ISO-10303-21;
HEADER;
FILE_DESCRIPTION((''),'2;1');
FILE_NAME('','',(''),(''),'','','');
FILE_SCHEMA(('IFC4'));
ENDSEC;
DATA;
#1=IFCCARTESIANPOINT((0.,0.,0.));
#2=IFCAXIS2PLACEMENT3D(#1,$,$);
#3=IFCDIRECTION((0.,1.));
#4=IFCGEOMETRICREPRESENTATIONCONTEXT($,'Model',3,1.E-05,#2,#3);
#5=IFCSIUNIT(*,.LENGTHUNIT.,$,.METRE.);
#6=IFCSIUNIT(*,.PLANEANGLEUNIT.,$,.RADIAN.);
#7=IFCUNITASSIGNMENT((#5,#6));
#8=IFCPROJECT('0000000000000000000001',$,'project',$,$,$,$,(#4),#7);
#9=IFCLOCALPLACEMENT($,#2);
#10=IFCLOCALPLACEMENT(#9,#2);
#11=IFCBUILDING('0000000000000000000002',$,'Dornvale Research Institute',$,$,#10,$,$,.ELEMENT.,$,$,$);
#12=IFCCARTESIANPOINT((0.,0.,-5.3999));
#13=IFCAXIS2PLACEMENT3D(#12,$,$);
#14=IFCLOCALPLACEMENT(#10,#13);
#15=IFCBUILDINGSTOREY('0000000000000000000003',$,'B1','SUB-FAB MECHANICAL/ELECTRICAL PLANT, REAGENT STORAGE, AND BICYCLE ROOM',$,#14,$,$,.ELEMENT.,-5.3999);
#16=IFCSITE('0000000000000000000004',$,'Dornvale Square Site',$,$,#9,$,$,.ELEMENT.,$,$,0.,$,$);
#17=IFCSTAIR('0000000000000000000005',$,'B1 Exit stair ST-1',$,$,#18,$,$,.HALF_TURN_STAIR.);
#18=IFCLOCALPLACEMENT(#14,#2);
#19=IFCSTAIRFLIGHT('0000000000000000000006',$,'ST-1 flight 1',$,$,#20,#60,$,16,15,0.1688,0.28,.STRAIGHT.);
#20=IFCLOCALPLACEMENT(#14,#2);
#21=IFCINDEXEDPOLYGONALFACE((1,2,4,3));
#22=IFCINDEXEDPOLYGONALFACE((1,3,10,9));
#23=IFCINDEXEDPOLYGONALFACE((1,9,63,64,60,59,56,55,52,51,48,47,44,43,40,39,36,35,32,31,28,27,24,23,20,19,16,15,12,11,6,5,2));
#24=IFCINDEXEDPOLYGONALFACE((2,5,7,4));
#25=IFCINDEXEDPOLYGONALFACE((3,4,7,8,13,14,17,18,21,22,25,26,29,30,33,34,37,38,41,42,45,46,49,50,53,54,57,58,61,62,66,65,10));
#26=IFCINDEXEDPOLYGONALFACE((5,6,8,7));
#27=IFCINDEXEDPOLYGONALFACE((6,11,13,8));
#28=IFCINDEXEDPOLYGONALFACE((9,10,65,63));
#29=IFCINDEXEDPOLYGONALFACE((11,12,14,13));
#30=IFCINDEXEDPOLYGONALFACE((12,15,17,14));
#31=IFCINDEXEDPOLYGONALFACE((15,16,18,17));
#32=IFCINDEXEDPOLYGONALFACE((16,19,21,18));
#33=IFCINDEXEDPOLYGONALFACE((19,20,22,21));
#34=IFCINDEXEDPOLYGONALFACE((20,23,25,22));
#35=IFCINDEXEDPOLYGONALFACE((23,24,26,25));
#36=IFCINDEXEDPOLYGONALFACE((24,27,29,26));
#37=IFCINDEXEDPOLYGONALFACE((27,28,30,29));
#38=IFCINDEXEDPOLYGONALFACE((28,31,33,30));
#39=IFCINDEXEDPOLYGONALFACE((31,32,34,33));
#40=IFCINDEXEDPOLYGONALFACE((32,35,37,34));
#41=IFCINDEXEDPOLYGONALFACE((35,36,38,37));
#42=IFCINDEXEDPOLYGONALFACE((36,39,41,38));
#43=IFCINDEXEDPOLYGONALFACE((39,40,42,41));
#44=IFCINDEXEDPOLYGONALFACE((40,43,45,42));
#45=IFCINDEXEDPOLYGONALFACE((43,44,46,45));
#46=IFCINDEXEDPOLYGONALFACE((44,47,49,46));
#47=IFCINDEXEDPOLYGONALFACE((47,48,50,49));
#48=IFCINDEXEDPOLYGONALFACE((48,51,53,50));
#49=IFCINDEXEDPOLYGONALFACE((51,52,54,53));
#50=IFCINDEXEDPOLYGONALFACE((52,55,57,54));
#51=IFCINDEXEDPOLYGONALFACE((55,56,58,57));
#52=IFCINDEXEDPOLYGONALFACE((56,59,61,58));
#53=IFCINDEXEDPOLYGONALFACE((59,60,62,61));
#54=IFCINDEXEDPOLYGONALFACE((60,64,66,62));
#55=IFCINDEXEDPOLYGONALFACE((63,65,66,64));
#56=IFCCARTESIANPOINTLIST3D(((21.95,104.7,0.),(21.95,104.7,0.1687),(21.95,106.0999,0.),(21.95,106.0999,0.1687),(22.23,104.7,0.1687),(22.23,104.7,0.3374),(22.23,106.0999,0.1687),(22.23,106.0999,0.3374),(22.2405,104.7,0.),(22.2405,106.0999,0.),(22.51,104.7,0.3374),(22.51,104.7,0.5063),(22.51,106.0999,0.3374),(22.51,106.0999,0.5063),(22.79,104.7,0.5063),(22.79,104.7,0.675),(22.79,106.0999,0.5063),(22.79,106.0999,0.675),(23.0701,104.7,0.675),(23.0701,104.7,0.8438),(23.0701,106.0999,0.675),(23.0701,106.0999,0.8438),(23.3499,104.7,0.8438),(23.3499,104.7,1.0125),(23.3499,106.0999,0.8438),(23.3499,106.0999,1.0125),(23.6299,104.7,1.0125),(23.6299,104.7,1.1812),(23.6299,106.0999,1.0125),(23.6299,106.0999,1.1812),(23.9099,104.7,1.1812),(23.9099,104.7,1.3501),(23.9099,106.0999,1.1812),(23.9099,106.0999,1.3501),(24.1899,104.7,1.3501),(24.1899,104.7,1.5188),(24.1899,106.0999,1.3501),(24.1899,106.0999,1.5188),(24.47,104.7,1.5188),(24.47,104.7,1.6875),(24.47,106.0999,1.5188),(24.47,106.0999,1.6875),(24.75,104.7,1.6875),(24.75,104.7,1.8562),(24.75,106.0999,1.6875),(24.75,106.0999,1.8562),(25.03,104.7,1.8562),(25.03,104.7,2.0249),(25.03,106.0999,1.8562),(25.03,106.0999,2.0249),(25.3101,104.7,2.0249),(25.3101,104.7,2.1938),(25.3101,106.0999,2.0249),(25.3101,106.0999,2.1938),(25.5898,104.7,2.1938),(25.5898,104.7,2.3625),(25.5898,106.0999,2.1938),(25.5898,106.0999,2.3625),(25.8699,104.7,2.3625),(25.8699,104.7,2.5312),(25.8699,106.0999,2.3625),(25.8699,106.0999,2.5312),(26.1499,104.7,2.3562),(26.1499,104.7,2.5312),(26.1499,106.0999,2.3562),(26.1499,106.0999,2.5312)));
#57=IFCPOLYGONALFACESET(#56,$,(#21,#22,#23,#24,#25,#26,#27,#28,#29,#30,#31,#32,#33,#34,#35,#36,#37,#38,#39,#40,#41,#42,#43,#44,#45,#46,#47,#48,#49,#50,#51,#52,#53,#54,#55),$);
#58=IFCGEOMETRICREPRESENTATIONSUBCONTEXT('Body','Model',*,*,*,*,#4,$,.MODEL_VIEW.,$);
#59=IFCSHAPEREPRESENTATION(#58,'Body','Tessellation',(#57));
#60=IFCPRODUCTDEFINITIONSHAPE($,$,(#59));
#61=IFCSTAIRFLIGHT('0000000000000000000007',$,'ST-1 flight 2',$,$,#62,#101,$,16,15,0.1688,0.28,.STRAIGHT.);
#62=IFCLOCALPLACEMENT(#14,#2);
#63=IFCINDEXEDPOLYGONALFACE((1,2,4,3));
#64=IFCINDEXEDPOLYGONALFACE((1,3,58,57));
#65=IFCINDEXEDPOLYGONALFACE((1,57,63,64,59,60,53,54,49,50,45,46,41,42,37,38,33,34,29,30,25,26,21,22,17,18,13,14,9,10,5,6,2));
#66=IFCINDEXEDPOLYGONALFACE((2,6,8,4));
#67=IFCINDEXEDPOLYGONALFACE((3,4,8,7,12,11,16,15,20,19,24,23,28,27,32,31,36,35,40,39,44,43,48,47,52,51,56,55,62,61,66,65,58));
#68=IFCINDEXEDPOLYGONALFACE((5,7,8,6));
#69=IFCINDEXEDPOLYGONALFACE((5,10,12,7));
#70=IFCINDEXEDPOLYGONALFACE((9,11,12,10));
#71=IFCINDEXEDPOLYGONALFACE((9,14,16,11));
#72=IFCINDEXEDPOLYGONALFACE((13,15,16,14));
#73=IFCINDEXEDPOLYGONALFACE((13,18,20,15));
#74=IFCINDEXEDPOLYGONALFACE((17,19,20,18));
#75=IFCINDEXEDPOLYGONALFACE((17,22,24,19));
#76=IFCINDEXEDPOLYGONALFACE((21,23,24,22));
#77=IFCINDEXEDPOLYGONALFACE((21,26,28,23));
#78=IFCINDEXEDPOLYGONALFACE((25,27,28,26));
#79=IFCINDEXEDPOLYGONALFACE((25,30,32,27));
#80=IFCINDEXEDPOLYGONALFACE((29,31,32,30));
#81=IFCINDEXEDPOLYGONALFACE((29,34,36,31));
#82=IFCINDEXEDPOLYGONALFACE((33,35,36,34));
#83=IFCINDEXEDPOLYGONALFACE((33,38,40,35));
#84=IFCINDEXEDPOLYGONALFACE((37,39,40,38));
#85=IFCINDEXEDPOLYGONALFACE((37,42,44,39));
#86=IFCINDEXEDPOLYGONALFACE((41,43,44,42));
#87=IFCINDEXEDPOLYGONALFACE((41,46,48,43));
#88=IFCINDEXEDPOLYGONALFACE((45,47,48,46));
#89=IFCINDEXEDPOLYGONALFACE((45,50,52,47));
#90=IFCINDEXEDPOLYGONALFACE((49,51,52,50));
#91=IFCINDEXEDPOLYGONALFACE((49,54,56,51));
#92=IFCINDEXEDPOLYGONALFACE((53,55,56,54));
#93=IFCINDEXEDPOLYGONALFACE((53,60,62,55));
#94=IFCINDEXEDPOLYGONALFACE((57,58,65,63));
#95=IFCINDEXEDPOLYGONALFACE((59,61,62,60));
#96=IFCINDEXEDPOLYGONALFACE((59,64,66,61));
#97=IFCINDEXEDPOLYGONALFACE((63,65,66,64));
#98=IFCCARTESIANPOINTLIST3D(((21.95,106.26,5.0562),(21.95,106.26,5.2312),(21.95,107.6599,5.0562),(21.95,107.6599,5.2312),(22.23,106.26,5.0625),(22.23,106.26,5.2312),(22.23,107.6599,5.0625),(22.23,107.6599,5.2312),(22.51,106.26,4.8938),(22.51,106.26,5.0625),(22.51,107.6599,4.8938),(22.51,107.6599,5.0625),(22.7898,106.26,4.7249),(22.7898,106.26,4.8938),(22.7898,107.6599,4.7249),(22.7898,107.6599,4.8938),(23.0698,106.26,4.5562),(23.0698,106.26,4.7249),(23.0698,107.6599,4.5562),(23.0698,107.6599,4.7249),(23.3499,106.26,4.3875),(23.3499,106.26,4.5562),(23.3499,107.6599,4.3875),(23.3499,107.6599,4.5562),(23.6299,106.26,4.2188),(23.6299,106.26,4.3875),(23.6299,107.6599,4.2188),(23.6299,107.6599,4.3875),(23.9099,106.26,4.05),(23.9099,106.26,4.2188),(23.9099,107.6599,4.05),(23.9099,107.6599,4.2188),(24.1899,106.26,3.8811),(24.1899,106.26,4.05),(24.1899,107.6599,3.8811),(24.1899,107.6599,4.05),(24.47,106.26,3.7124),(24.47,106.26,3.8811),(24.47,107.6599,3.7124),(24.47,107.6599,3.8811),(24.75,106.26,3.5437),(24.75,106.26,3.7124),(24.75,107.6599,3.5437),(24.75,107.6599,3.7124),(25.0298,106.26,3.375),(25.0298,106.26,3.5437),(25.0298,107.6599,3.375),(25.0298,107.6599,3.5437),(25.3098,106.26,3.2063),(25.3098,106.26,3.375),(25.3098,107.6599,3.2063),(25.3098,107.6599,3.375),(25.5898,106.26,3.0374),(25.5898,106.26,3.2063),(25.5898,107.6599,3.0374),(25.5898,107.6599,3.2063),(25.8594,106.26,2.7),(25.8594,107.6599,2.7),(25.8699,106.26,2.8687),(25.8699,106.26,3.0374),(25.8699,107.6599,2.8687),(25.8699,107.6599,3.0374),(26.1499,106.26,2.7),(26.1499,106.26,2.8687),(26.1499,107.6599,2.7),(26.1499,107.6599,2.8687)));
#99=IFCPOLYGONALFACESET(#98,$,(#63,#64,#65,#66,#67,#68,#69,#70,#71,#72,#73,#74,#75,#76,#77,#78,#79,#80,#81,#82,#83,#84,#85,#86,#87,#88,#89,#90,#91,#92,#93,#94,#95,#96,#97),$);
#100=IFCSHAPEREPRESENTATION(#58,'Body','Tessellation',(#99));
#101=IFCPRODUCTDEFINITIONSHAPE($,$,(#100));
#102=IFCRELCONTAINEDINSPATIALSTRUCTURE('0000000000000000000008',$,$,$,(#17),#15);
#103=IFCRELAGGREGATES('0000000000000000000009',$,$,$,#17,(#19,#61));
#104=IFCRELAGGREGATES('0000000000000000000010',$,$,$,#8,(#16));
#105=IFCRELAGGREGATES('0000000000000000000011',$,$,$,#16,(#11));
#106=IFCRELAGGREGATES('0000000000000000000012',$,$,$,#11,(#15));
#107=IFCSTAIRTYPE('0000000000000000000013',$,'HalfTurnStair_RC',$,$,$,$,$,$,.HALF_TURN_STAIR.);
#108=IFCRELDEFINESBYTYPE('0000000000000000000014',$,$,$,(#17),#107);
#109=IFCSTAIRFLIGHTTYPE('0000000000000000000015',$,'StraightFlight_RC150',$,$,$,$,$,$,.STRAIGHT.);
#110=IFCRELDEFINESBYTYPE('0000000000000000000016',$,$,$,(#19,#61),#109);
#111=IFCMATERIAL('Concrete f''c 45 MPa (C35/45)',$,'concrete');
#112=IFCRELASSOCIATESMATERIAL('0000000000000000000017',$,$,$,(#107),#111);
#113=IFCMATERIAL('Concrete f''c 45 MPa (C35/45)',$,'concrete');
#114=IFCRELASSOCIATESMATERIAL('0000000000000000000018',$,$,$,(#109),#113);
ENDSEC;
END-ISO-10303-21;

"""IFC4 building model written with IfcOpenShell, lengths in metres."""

from ifc_helpers import new_model, si_unit, direction, frame, origin, place, context, subcontext, project, spatial, polyline, outline, extrude, material, type_object, element, aggregate, save


model = new_model("IFC4")

# Units and contexts
model_context = context("Model", 3, precision=1e-05, world=origin(), true_north=direction((0.0, 1.0)))
body_context = subcontext(model_context, "Body", "Model", "MODEL_VIEW")
ifc_project = project(units=[si_unit("LENGTHUNIT", "METRE"), si_unit("PLANEANGLEUNIT", "RADIAN")], contexts=[model_context])

# Site, building, storey
site_placement = place(None, origin())
site = spatial("IfcSite", under=ifc_project, at=site_placement, Name="Dornvale Square Site", CompositionType="ELEMENT", RefElevation=0.0)
building_placement = place(site_placement, origin())
building = spatial("IfcBuilding", under=site, at=building_placement, Name="Dornvale Research Institute", CompositionType="ELEMENT")
storey_placement = place(building_placement, frame((0.0, 0.0, -5.3999)))
storey = spatial("IfcBuildingStorey", under=building, at=storey_placement, Name="B1", Description="SUB-FAB MECHANICAL/ELECTRICAL PLANT, REAGENT STORAGE, AND BICYCLE ROOM", CompositionType="ELEMENT", Elevation=-5.3999)

# Stair, stair flights
ifc_material_1 = material(Name="Concrete f'c 45 MPa (C35/45)", Category="concrete")
stair_type = type_object("IfcStairType", Name="HalfTurnStair_RC", PredefinedType="HALF_TURN_STAIR", material=ifc_material_1)
stair_placement = place(storey_placement, origin())
stair = element("IfcStair", 1, at=stair_placement, inside=storey, type_object=stair_type, Name="B1 Exit stair ST-1", PredefinedType="HALF_TURN_STAIR")
ifc_material_2 = material(Name="Concrete f'c 45 MPa (C35/45)", Category="concrete")
stair_flight_type = type_object("IfcStairFlightType", Name="StraightFlight_RC150", PredefinedType="STRAIGHT", material=ifc_material_2)
stair_flight_1_placement = place(storey_placement, frame((21.95, 105.3999, 0.0), z_axis=(0.0, 0.0, 1.0), x_axis=(1.0, 0.0, 0.0)))
stair_flight_1 = element("IfcStairFlight", 2, at=stair_flight_1_placement, type_object=stair_flight_type, Name="ST-1 flight 1", NumberOfRisers=16, NumberOfTreads=15, PredefinedType="STRAIGHT", RiserHeight=0.1688, TreadLength=0.28, context=body_context, shape_type="SweptSolid", body=[
    extrude(outline(polyline([(0.0, 0.0), (0.0, 0.1687), (0.28, 0.1687), (0.28, 0.3374), (0.5601, 0.3374), (0.5601, 0.5063), (0.8401, 0.5063), (0.8401, 0.675), (1.1201, 0.675), (1.1201, 0.8438), (1.3999, 0.8438), (1.3999, 1.0125), (1.6799, 1.0125), (1.6799, 1.1812), (1.96, 1.1812), (1.96, 1.3501), (2.24, 1.3501), (2.24, 1.5188), (2.52, 1.5188), (2.52, 1.6875), (2.8, 1.6875), (2.8, 1.8562), (3.0801, 1.8562), (3.0801, 2.0249), (3.3601, 2.0249), (3.3601, 2.1938), (3.6399, 2.1938), (3.6399, 2.3625), (3.9199, 2.3625), (3.9199, 2.5312), (4.2, 2.5312), (4.2, 2.7), (4.2, 2.3562), (0.2905, 0.0), (0.0, 0.0)])), frame((0.0, 0.7, 0.0), z_axis=(0.0, -1.0, 0.0), x_axis=(1.0, 0.0, 0.0)), (0.0, 0.0, 1.0), 1.3999),
])
stair_flight_2_placement = place(storey_placement, frame((26.1499, 106.96, 2.7), z_axis=(0.0, 0.0, 1.0), x_axis=(-1.0, 0.0, 0.0)))
stair_flight_2 = element("IfcStairFlight", 3, at=stair_flight_2_placement, type_object=stair_flight_type, Name="ST-1 flight 2", NumberOfRisers=16, NumberOfTreads=15, PredefinedType="STRAIGHT", RiserHeight=0.1688, TreadLength=0.28, context=body_context, shape_type="SweptSolid", body=[
    extrude(outline(polyline([(0.0, 0.0), (0.0, 0.1687), (0.28, 0.1687), (0.28, 0.3374), (0.5601, 0.3374), (0.5601, 0.5063), (0.8401, 0.5063), (0.8401, 0.675), (1.1201, 0.675), (1.1201, 0.8438), (1.3999, 0.8438), (1.3999, 1.0125), (1.6799, 1.0125), (1.6799, 1.1812), (1.96, 1.1812), (1.96, 1.3501), (2.24, 1.3501), (2.24, 1.5188), (2.52, 1.5188), (2.52, 1.6875), (2.8, 1.6875), (2.8, 1.8562), (3.0801, 1.8562), (3.0801, 2.0249), (3.3601, 2.0249), (3.3601, 2.1938), (3.6399, 2.1938), (3.6399, 2.3625), (3.9199, 2.3625), (3.9199, 2.5312), (4.2, 2.5312), (4.2, 2.7), (4.2, 2.3562), (0.2905, 0.0), (0.0, 0.0)])), frame((0.0, 0.7, 0.0), z_axis=(0.0, -1.0, 0.0), x_axis=(1.0, 0.0, 0.0)), (0.0, 0.0, 1.0), 1.3999),
])
aggregate(stair, [stair_flight_1, stair_flight_2])

save(model, "model.ifc")
